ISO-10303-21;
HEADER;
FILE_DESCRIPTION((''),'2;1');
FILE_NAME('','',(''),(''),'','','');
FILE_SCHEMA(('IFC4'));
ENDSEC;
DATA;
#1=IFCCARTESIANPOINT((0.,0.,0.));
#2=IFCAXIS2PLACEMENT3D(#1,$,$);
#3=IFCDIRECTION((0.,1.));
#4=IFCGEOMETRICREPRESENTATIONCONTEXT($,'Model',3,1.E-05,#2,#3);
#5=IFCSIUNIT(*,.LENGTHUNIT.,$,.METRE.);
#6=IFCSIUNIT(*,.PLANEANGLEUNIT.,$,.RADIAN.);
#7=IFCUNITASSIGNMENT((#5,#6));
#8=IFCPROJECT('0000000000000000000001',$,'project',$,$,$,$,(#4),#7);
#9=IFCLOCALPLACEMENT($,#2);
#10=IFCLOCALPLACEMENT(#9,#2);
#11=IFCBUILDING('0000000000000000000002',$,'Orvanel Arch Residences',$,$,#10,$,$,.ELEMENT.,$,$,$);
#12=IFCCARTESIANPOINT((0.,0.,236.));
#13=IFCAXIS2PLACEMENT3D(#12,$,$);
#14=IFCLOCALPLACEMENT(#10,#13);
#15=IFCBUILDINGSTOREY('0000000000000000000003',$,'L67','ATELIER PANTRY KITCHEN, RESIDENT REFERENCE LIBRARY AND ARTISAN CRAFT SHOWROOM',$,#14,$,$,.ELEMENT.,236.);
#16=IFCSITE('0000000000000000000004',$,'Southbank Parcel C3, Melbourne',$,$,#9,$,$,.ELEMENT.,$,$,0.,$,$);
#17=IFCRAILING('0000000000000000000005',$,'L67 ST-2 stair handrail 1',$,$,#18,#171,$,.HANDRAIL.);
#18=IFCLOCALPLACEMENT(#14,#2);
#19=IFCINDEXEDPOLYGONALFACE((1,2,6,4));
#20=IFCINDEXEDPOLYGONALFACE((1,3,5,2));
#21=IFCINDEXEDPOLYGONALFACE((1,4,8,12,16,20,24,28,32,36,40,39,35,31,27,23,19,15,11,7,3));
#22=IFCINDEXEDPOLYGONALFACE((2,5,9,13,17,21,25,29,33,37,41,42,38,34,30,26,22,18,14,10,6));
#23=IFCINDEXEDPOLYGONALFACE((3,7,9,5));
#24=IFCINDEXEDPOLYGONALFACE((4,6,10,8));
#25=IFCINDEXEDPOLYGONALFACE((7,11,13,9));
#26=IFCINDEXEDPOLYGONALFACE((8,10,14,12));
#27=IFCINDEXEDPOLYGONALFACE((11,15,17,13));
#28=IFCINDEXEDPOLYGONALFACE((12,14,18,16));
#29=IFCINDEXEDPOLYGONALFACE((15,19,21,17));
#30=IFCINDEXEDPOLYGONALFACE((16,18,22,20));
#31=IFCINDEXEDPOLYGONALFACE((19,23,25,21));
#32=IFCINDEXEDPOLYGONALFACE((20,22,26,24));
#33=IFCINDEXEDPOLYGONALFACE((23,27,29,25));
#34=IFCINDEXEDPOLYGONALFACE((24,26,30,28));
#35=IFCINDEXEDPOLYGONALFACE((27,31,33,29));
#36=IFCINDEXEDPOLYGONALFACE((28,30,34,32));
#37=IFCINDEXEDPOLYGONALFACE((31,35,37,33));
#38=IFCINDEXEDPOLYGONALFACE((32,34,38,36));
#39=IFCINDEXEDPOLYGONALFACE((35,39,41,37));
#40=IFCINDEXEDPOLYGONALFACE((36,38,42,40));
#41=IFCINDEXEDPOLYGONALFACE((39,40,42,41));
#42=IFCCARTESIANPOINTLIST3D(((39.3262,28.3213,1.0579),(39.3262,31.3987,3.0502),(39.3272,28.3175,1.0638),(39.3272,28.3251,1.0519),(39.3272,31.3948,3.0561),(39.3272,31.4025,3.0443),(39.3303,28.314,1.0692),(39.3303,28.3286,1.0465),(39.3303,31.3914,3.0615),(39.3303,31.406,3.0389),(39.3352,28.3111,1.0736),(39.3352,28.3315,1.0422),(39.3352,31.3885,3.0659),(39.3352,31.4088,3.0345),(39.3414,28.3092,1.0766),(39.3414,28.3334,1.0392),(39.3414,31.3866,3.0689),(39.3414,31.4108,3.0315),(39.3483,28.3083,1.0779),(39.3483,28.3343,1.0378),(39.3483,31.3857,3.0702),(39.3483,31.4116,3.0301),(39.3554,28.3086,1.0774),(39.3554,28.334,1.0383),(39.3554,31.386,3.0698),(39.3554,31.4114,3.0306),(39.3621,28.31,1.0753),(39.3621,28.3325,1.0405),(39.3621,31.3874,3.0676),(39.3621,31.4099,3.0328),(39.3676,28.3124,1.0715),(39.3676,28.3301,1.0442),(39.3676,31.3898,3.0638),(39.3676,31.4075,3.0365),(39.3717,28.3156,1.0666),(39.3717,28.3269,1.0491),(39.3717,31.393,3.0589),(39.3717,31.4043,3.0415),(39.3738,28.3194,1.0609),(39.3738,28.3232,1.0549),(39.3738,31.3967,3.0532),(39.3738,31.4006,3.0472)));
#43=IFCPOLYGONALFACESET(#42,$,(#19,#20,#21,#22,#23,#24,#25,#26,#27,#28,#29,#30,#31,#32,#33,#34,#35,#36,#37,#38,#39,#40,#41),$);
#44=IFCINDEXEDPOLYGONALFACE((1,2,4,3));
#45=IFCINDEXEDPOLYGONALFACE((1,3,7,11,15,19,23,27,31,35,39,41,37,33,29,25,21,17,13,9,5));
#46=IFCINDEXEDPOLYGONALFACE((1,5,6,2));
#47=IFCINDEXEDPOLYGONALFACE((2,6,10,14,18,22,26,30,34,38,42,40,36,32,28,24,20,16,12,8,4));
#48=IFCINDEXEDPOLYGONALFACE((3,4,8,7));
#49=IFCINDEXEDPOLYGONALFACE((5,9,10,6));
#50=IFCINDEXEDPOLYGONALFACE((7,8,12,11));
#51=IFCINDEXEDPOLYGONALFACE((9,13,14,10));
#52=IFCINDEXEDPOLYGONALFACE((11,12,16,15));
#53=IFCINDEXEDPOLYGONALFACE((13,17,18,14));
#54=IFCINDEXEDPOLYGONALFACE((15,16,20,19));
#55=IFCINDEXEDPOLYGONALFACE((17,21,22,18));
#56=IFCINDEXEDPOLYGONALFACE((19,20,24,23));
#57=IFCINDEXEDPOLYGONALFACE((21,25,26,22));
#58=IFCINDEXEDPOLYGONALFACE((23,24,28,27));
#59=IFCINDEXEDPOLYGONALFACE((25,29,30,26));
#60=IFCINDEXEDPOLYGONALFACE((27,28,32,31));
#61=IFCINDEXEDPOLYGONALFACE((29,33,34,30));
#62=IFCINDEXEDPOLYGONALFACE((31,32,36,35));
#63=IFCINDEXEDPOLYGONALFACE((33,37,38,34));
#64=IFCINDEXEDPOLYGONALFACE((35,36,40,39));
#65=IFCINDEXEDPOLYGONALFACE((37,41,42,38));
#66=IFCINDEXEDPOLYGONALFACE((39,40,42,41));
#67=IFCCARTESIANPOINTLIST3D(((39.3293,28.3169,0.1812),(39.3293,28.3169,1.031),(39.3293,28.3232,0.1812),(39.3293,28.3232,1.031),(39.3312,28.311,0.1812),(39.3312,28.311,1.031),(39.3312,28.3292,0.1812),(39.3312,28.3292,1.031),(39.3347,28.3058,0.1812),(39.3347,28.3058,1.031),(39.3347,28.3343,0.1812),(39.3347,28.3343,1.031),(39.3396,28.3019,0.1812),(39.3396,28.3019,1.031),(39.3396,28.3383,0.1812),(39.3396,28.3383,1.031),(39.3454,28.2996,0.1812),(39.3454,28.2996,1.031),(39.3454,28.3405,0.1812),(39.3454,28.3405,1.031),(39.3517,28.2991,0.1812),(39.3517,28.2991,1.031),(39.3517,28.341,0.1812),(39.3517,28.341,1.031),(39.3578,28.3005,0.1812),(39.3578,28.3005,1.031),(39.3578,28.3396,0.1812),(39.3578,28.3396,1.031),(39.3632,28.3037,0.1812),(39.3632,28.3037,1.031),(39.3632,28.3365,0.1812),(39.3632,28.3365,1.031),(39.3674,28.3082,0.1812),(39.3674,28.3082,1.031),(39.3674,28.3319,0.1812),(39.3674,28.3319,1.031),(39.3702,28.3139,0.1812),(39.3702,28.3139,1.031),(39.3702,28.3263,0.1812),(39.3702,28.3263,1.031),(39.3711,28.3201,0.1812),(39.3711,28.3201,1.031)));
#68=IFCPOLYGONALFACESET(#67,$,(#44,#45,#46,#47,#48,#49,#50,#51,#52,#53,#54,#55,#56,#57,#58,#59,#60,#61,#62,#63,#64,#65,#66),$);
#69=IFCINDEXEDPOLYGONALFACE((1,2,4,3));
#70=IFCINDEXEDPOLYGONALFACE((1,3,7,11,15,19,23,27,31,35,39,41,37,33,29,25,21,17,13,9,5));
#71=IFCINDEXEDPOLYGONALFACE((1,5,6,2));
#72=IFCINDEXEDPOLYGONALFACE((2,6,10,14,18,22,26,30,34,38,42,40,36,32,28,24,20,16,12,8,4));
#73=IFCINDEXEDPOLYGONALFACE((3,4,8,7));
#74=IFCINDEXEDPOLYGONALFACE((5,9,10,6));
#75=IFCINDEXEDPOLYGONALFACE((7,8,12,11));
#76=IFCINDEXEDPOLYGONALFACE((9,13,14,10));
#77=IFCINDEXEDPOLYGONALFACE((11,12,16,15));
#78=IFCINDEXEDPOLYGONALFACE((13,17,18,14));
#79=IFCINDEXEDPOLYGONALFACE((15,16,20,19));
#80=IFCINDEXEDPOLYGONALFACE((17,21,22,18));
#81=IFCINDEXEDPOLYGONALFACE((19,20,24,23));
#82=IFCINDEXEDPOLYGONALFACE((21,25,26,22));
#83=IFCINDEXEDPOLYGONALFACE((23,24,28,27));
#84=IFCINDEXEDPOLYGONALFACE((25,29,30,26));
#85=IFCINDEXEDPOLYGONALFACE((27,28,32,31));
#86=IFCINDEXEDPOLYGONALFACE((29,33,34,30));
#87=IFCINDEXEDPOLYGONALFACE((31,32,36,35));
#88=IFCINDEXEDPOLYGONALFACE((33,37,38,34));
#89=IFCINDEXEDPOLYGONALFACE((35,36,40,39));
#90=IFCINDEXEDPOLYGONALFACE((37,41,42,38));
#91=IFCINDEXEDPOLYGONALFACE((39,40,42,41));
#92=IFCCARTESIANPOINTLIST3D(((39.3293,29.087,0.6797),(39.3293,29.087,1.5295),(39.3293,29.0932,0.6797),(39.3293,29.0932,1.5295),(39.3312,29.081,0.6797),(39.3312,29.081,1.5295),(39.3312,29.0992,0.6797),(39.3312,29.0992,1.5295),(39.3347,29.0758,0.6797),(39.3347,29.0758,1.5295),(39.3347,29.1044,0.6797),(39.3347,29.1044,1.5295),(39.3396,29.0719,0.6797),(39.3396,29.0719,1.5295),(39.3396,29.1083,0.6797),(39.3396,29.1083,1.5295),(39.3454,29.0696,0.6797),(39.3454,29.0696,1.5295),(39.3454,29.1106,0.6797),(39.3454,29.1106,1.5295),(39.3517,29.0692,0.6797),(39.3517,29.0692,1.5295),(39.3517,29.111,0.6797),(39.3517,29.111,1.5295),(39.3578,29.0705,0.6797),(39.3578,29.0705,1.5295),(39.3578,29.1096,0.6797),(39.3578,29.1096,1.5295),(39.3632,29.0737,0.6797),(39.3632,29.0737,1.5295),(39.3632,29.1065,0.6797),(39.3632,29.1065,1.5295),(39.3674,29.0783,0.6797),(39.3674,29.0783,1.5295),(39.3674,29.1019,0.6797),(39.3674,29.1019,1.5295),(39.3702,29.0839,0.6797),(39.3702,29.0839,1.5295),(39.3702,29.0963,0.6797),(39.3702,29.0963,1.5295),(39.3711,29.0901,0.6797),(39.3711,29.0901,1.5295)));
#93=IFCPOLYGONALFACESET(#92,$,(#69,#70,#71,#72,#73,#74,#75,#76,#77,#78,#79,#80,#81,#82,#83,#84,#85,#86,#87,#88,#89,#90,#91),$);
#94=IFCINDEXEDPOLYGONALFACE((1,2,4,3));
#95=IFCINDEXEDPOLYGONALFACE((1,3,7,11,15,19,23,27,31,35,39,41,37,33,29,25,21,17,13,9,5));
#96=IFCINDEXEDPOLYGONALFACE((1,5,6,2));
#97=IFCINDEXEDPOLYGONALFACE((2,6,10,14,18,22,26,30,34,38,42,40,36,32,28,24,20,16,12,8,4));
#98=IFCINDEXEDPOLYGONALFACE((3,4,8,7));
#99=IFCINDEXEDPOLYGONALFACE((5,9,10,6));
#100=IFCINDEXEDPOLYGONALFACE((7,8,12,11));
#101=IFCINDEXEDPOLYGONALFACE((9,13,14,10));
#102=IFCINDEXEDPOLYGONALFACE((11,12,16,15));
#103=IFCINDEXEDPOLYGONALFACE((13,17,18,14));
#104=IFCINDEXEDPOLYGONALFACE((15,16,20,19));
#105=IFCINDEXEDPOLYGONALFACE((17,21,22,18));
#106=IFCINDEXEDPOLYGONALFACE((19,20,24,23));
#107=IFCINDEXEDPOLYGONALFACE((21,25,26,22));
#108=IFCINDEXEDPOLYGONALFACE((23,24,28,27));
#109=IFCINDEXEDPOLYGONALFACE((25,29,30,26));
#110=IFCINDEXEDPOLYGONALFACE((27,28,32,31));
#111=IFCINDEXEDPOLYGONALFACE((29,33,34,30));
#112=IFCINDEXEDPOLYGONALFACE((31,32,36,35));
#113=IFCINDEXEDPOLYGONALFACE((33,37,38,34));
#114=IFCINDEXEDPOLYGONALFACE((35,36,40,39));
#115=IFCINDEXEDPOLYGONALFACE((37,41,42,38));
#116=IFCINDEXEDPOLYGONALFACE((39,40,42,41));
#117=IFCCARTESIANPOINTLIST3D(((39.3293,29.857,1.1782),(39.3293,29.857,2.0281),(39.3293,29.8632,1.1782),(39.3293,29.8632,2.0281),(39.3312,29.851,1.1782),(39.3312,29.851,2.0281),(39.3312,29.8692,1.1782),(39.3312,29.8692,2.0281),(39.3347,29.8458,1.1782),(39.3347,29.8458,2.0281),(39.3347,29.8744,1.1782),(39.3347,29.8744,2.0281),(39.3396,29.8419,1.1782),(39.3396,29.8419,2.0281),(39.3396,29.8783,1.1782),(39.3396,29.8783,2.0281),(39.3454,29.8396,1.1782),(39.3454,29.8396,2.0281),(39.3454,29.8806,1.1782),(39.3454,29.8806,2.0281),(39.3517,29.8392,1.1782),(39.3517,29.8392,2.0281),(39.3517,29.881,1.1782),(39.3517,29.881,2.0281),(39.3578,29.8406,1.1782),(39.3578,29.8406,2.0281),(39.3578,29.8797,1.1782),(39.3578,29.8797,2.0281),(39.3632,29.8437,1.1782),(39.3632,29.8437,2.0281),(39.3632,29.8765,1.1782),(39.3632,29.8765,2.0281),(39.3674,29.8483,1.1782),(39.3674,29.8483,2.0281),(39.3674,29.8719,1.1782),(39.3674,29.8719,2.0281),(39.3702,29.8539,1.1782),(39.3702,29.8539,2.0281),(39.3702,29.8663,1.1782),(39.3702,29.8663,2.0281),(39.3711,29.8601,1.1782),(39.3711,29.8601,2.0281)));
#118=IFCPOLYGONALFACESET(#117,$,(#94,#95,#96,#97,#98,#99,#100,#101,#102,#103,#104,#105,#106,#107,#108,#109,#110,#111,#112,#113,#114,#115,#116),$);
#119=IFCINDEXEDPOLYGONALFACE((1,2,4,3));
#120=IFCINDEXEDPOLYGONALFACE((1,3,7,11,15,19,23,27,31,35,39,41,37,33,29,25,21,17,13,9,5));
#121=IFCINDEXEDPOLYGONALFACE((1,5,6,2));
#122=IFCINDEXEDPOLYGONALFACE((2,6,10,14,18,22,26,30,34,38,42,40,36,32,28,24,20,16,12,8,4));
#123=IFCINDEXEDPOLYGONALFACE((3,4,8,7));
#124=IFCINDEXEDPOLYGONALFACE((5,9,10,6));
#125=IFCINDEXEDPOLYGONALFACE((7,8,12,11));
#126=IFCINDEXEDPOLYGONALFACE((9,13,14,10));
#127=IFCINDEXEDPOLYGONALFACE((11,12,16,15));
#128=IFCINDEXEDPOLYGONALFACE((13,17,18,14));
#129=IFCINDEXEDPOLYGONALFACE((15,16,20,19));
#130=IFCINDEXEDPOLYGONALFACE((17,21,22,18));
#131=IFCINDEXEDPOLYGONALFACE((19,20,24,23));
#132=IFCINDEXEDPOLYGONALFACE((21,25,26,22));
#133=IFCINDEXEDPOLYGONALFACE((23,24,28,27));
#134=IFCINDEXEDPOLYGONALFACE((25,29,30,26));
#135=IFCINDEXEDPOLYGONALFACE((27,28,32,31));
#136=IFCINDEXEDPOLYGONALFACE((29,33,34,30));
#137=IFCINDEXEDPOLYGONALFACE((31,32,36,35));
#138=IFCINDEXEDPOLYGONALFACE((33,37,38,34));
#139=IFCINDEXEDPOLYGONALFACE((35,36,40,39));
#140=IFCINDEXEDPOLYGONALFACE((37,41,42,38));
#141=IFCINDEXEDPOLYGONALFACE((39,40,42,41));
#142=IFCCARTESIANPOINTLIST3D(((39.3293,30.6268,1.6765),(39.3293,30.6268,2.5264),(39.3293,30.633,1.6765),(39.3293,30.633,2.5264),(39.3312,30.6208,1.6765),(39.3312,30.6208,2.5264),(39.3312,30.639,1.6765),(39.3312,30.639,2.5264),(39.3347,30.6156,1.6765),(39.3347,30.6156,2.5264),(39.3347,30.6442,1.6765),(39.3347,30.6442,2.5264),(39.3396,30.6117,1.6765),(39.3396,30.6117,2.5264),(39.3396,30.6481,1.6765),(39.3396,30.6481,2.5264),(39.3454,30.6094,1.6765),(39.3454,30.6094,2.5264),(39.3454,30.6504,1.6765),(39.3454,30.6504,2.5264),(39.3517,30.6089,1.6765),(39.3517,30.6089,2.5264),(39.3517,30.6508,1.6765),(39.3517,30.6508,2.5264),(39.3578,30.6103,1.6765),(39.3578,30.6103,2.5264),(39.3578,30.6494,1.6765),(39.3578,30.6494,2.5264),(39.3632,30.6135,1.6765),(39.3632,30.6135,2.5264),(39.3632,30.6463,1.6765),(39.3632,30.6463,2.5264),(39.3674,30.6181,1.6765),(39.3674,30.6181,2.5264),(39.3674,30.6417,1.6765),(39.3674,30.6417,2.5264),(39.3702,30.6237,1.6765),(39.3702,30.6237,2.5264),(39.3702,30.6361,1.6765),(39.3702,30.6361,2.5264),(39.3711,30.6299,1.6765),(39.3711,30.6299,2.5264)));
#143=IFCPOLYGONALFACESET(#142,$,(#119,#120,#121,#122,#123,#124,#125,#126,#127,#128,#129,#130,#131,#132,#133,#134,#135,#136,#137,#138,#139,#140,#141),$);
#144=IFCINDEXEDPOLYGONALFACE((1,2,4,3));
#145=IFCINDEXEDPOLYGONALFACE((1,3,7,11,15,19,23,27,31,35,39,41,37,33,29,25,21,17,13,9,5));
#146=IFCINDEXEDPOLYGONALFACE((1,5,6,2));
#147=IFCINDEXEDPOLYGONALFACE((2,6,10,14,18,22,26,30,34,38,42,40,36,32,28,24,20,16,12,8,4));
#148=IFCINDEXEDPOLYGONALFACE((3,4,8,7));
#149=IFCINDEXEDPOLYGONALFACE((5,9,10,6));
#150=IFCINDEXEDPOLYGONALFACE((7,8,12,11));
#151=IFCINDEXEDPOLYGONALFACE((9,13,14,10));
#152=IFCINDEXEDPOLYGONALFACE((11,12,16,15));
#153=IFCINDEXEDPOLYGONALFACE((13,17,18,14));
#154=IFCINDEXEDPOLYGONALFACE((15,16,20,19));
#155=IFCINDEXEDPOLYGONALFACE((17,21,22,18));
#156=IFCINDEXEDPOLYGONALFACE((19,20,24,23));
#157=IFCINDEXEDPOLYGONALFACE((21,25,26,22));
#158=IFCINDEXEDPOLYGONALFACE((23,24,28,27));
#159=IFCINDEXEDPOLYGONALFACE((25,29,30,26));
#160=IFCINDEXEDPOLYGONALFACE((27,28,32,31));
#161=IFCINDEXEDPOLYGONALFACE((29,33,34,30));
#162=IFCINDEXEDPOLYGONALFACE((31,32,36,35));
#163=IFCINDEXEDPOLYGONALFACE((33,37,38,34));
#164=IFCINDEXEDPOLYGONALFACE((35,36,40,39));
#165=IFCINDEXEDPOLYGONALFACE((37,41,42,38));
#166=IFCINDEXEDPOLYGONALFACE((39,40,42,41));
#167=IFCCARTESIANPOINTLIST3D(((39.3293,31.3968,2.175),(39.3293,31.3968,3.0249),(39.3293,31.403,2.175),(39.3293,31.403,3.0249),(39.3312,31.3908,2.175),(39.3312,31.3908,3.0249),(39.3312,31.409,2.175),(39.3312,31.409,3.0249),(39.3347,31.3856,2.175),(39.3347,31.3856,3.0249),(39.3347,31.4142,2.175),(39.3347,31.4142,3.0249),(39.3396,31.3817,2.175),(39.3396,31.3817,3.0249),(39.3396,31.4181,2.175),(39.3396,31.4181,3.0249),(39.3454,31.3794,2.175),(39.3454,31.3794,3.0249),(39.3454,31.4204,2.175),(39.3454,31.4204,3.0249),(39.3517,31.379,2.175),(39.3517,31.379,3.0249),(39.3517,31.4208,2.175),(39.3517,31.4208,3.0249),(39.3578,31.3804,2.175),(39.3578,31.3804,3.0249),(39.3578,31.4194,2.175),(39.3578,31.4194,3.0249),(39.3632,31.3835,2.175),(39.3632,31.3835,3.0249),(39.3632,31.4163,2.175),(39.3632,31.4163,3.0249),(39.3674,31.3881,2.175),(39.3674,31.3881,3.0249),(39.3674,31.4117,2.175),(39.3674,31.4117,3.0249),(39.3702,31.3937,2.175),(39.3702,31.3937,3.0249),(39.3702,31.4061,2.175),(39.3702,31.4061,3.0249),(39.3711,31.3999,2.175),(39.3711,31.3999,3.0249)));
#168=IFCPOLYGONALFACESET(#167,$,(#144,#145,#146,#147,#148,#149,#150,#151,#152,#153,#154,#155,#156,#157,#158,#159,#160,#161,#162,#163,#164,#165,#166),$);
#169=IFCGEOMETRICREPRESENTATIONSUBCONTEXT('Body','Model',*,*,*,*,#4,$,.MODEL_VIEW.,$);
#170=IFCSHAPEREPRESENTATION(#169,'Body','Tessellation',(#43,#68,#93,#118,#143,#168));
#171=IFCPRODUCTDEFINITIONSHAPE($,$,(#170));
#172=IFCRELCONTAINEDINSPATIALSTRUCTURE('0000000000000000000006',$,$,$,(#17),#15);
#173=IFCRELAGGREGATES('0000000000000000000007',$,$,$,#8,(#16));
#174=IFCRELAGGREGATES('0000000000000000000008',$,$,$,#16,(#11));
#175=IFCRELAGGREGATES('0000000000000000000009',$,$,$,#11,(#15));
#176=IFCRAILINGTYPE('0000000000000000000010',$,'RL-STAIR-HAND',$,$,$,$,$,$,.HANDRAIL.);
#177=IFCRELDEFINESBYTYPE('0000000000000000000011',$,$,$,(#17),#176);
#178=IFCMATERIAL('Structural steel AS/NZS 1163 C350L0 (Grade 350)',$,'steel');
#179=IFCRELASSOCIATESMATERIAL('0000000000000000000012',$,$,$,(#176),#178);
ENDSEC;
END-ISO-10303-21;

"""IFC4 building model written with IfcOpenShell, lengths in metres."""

from ifc_helpers import new_model, si_unit, direction, frame, origin, origin_2d, place, context, subcontext, project, spatial, circle, extrude, material, type_object, element, save


model = new_model("IFC4")

# Units and contexts
model_context = context("Model", 3, precision=1e-05, world=origin(), true_north=direction((0.0, 1.0)))
body_context = subcontext(model_context, "Body", "Model", "MODEL_VIEW")
ifc_project = project(units=[si_unit("LENGTHUNIT", "METRE"), si_unit("PLANEANGLEUNIT", "RADIAN")], contexts=[model_context])

# Site, building, storey
site_placement = place(None, origin())
site = spatial("IfcSite", under=ifc_project, at=site_placement, Name="Southbank Parcel C3, Melbourne", CompositionType="ELEMENT", RefElevation=0.0)
building_placement = place(site_placement, origin())
building = spatial("IfcBuilding", under=site, at=building_placement, Name="Orvanel Arch Residences", CompositionType="ELEMENT")
storey_placement = place(building_placement, frame((0.0, 0.0, 236.0)))
storey = spatial("IfcBuildingStorey", under=building, at=storey_placement, Name="L67", Description="ATELIER PANTRY KITCHEN, RESIDENT REFERENCE LIBRARY AND ARTISAN CRAFT SHOWROOM", CompositionType="ELEMENT", Elevation=236.0)

# Railing
ifc_material_1 = material(Name="Structural steel AS/NZS 1163 C350L0 (Grade 350)", Category="steel")
railing_type_1 = type_object("IfcRailingType", Name="RL-STAIR-HAND", PredefinedType="HANDRAIL", material=ifc_material_1)
railing_1_placement = place(storey_placement, frame((39.3501, 28.3201, 0.1812)))
element("IfcRailing", 1, at=railing_1_placement, inside=storey, type_object=railing_type_1, Name="L67 ST-2 stair handrail 1", PredefinedType="HANDRAIL", context=body_context, shape_type="SweptSolid", body=[
    extrude(circle(Radius=0.0239, at=origin_2d()), frame((0.0, 0.0012, 0.8767), z_axis=(0.0, 0.839438, 0.543455), x_axis=(-1.0, 0.0, 0.0)), (0.0, 0.0, 1.0), 3.666),
    extrude(circle(Radius=0.021, at=origin_2d()), origin(), (0.0, 0.0, 1.0), 0.8499),
    extrude(circle(Radius=0.021, at=origin_2d()), frame((0.0, 0.77, 0.4985)), (0.0, 0.0, 1.0), 0.8499),
    extrude(circle(Radius=0.021, at=origin_2d()), frame((0.0, 1.54, 0.9971)), (0.0, 0.0, 1.0), 0.8499),
    extrude(circle(Radius=0.021, at=origin_2d()), frame((0.0, 2.3098, 1.4954)), (0.0, 0.0, 1.0), 0.8499),
    extrude(circle(Radius=0.021, at=origin_2d()), frame((0.0, 3.0798, 1.9939)), (0.0, 0.0, 1.0), 0.8499),
])

save(model, "model.ifc")
